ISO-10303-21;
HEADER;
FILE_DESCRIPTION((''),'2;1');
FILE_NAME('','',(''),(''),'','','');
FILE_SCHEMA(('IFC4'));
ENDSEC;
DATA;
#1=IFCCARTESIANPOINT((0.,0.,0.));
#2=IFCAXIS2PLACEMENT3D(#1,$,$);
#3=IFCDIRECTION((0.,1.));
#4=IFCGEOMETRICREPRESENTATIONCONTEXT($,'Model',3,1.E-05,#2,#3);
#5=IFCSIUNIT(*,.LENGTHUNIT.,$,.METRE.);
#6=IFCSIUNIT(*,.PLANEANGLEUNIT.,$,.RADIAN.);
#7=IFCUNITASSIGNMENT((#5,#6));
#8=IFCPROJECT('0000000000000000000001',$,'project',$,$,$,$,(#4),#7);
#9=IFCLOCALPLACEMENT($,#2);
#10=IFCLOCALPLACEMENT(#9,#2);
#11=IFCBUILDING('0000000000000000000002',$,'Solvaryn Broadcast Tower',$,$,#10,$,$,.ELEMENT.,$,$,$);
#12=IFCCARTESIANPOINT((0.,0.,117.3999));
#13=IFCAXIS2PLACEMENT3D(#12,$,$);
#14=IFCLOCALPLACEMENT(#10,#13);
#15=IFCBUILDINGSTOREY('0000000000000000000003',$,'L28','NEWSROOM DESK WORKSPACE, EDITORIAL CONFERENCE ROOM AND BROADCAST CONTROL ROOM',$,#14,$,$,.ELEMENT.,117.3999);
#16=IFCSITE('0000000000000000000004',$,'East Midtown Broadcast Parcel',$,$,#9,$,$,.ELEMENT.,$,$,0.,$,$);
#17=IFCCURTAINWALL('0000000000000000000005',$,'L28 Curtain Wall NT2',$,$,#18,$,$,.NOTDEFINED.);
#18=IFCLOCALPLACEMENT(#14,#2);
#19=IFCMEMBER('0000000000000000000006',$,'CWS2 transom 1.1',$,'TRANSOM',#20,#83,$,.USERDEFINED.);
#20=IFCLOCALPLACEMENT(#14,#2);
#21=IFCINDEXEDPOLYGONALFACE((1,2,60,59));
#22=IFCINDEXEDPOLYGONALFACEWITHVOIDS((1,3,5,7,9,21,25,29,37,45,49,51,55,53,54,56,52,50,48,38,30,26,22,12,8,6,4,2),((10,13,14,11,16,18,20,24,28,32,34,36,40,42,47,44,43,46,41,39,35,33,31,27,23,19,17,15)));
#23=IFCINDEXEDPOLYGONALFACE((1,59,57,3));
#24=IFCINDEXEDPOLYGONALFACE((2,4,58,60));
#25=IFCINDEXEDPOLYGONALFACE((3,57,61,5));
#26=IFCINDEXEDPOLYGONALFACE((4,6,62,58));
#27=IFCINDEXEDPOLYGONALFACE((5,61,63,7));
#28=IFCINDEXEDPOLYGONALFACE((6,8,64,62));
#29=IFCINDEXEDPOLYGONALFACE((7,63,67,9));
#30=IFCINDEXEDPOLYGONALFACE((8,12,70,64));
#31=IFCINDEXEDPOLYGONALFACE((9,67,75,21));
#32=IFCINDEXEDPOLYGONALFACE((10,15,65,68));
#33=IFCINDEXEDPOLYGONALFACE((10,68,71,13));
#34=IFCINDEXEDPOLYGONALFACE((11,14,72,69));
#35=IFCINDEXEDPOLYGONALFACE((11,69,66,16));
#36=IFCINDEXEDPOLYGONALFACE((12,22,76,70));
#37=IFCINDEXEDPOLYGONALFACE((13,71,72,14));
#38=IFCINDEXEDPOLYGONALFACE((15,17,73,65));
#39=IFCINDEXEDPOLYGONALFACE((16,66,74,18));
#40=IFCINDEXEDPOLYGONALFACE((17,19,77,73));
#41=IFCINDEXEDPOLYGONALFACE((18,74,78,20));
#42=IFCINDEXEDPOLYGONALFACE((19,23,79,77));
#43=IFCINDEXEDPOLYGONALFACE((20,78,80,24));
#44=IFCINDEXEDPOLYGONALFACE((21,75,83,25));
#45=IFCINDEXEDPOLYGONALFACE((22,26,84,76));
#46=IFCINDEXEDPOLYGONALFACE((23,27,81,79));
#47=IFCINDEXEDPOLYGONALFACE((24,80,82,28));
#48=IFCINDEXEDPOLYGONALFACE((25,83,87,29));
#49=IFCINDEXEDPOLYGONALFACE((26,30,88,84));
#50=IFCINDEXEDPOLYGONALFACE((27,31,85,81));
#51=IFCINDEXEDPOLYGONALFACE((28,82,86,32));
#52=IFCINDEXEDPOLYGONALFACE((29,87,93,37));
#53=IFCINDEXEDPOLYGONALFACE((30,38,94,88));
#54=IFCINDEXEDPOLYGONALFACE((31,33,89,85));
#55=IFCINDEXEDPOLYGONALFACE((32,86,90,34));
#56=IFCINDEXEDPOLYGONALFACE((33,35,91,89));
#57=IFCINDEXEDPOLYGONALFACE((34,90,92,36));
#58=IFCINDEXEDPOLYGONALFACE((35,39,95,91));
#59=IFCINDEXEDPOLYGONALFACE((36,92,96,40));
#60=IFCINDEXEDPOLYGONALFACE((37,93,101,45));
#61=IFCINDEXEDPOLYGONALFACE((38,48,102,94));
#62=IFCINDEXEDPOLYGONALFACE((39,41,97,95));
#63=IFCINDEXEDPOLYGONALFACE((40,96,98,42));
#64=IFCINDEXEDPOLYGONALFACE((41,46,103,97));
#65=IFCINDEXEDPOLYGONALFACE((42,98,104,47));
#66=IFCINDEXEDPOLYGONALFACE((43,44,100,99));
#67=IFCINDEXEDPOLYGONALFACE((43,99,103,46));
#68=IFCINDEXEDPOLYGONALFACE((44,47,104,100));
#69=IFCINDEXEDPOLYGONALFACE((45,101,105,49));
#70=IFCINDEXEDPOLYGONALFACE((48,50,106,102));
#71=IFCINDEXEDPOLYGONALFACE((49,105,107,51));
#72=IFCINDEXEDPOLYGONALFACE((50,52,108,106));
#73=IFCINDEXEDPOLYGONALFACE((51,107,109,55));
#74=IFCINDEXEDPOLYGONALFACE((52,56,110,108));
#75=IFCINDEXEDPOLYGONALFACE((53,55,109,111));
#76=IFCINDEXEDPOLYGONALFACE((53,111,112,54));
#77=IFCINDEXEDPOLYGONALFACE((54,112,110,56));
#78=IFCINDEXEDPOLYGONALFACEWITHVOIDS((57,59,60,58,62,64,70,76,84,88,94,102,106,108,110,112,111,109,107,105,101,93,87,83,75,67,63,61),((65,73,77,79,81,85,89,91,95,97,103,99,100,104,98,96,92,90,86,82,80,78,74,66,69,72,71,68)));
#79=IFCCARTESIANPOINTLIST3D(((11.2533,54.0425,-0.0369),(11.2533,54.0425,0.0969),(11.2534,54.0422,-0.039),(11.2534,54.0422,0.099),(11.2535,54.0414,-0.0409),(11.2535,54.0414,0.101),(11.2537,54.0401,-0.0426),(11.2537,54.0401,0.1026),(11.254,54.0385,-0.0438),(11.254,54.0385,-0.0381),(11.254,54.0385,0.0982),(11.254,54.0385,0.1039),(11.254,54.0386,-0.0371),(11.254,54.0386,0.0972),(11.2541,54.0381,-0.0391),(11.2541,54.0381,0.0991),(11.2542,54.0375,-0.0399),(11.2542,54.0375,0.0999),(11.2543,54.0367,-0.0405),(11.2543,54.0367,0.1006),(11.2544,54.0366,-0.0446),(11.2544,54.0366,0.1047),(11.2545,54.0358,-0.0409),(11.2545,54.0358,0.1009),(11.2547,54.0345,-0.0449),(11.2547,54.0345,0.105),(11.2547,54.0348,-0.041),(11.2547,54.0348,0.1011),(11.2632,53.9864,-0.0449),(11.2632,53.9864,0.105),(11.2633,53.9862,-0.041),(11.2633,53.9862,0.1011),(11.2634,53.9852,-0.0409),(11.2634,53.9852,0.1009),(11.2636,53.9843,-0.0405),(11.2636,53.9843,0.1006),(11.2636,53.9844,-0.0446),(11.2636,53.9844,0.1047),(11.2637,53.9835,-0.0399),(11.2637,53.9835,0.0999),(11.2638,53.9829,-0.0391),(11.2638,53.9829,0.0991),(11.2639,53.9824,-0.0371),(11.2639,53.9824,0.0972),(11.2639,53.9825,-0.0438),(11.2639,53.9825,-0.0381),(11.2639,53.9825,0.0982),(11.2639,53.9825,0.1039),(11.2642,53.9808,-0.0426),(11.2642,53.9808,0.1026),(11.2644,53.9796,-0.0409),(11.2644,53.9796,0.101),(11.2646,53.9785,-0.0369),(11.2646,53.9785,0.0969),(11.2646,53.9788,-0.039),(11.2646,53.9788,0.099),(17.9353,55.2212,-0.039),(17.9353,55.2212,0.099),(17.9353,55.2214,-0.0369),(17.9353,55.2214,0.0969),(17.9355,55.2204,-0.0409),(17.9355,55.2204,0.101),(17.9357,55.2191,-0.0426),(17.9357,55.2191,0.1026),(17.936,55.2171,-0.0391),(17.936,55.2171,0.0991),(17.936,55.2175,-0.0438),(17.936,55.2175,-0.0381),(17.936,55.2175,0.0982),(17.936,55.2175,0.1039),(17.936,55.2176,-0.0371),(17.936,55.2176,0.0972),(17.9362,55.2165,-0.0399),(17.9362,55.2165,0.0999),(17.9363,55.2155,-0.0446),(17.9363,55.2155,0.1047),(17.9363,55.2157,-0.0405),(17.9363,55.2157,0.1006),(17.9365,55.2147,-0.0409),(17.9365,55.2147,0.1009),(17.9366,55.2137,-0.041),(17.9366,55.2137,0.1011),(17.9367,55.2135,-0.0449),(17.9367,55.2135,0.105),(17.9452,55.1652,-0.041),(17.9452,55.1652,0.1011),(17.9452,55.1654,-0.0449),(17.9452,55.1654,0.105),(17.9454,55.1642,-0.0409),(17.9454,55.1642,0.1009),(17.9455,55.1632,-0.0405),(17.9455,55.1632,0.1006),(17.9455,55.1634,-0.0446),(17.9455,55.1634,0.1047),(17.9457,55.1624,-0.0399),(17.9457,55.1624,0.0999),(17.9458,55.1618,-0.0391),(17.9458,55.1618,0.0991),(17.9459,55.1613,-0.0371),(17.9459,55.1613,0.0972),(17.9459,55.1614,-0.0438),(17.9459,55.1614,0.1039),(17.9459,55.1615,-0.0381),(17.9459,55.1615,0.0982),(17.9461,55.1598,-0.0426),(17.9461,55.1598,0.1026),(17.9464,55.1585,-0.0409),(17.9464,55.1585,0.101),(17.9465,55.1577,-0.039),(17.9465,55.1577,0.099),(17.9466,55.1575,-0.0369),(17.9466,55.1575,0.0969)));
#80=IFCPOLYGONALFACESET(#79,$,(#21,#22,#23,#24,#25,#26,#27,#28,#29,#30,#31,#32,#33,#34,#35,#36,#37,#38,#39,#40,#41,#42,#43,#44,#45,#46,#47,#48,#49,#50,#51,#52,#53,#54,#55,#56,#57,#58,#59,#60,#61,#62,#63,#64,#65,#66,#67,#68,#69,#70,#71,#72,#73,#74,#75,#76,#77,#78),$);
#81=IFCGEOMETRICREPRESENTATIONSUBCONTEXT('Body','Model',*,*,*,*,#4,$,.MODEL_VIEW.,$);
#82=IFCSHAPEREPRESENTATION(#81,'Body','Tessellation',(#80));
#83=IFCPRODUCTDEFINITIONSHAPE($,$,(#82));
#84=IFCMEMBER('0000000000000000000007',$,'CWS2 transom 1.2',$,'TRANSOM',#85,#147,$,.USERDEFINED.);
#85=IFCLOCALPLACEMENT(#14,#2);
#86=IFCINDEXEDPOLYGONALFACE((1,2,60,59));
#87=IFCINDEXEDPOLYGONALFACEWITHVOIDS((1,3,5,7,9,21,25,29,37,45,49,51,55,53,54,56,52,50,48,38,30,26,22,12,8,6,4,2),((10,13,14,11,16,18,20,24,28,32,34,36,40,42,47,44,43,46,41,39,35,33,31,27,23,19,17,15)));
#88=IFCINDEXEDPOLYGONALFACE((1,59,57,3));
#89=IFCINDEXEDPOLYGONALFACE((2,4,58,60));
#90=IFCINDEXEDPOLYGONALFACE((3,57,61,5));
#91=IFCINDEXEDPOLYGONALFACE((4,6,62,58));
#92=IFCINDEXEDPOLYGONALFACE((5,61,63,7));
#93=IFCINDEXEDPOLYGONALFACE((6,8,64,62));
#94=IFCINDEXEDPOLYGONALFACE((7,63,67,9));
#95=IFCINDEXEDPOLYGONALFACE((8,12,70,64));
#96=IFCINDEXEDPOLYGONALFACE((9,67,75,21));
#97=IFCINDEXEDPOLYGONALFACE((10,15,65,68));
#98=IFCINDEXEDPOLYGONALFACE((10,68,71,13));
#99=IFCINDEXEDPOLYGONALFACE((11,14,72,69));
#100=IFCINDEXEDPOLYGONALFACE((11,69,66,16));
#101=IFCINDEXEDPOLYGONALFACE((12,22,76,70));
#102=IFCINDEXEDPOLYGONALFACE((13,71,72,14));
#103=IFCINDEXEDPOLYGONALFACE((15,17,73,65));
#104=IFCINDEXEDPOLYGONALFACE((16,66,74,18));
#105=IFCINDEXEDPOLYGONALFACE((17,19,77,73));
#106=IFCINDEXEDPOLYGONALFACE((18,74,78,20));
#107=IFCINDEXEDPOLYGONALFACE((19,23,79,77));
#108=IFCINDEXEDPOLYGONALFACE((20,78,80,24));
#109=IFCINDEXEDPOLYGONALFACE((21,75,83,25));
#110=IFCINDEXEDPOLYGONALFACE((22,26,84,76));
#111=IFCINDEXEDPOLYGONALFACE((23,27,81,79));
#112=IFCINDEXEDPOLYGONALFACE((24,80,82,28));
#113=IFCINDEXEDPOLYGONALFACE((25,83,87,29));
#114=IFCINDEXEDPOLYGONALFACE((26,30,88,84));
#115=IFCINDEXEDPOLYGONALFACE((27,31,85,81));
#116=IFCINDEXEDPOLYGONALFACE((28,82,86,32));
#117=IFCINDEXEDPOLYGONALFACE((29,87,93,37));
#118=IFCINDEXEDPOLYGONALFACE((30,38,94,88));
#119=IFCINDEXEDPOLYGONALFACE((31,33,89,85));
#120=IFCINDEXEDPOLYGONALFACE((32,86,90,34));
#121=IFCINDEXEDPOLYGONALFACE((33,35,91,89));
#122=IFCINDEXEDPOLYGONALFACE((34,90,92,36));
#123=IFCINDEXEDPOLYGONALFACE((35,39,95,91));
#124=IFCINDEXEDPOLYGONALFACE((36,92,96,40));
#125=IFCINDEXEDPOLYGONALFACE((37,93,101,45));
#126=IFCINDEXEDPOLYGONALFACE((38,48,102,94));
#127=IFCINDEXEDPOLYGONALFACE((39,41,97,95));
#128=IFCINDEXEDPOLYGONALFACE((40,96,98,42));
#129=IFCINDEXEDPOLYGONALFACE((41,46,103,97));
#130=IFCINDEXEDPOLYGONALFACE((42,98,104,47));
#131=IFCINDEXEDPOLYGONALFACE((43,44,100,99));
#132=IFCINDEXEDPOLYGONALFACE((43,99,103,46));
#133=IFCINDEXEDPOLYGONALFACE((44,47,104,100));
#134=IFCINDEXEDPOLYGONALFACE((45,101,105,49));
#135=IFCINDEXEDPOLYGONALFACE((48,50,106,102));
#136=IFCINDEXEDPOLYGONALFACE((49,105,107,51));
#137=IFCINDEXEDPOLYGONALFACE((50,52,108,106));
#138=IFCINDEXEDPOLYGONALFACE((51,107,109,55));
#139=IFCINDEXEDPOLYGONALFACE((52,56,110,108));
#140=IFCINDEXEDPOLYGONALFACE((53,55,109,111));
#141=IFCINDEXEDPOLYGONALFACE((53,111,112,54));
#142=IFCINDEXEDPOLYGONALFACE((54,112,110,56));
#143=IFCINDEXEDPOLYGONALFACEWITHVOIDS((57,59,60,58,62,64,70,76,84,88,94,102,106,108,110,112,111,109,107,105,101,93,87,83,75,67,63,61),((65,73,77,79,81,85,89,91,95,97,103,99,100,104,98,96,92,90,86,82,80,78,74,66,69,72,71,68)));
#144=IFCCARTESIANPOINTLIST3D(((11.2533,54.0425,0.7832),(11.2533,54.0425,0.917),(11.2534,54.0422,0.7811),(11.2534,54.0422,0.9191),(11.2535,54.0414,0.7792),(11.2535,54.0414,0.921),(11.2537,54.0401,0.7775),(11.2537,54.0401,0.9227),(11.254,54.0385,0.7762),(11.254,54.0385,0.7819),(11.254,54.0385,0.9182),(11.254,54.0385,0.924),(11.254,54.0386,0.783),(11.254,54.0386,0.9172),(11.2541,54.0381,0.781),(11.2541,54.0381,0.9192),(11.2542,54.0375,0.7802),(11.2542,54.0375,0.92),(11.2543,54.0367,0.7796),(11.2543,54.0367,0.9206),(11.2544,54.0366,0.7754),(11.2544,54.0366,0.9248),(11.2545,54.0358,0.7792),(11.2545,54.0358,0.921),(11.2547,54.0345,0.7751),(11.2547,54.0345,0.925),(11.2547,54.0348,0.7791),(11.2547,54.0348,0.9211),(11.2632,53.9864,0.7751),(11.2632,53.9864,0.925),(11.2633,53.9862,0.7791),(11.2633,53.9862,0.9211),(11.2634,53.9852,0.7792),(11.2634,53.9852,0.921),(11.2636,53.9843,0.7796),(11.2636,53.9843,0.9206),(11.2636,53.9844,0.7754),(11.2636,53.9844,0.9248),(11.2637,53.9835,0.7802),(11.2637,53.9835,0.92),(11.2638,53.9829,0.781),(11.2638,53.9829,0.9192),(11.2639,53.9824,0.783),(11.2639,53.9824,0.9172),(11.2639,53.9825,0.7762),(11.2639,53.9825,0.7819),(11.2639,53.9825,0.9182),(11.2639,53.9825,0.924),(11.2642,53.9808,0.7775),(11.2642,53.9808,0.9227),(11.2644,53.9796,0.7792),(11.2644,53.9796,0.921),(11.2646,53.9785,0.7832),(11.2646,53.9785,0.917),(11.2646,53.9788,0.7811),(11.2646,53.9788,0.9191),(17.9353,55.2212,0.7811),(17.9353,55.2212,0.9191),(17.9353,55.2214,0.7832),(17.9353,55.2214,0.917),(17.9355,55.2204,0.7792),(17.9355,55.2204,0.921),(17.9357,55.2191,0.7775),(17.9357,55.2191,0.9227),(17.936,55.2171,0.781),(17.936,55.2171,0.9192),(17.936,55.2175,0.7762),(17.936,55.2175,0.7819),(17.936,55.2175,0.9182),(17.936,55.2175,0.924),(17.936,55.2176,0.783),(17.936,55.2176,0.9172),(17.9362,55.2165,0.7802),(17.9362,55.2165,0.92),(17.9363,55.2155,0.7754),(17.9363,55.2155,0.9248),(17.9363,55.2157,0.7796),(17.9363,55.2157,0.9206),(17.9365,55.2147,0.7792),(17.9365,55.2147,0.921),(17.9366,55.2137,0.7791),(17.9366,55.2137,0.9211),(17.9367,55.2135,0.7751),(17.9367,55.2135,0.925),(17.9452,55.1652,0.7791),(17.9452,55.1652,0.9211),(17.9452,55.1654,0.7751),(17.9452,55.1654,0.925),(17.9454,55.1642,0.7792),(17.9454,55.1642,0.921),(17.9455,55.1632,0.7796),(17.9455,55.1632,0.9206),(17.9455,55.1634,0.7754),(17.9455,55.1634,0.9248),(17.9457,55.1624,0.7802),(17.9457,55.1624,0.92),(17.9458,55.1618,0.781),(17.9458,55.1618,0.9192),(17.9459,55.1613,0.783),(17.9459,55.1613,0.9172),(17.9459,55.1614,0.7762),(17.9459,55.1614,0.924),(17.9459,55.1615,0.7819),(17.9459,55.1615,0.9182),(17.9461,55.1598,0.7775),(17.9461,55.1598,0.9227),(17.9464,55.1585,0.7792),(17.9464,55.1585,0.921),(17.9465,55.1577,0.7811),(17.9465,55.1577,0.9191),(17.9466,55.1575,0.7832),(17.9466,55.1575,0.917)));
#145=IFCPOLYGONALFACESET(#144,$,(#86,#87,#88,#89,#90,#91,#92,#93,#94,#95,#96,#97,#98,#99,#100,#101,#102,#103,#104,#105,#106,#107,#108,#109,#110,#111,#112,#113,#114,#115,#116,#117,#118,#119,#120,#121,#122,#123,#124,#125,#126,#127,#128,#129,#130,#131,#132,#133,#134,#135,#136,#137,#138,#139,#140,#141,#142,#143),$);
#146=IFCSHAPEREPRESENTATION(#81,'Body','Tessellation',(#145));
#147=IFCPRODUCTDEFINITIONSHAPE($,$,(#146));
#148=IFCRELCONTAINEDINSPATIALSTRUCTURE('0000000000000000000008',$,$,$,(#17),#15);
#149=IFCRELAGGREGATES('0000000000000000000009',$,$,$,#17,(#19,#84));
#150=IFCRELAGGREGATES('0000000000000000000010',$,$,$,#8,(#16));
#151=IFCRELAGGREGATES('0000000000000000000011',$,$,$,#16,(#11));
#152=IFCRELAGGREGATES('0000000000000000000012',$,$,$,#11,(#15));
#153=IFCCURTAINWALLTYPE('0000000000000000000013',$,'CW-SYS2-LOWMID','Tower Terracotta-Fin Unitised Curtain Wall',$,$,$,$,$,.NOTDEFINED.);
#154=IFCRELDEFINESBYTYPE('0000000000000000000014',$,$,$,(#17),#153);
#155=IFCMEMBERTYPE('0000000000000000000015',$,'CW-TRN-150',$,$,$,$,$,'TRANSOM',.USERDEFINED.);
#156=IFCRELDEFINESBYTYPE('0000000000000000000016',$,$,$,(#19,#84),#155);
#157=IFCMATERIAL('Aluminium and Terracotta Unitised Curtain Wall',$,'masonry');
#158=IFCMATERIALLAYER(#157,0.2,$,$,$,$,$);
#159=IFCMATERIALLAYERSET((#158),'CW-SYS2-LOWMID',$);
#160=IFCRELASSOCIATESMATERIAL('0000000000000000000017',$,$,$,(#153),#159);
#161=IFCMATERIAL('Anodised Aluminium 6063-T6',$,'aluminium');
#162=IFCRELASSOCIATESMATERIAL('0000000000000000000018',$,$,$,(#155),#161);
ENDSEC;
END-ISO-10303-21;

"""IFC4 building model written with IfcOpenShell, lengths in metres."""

from ifc_helpers import new_model, si_unit, direction, frame, origin, origin_2d, place, context, subcontext, project, spatial, hollow_rectangle, extrude, material, layer, layer_set, material_profile, profile_set, type_object, element, aggregate, save


model = new_model("IFC4")

# Units and contexts
model_context = context("Model", 3, precision=1e-05, world=origin(), true_north=direction((0.0, 1.0)))
body_context = subcontext(model_context, "Body", "Model", "MODEL_VIEW")
ifc_project = project(units=[si_unit("LENGTHUNIT", "METRE"), si_unit("PLANEANGLEUNIT", "RADIAN")], contexts=[model_context])

# Site, building, storey
site_placement = place(None, origin())
site = spatial("IfcSite", under=ifc_project, at=site_placement, Name="East Midtown Broadcast Parcel", CompositionType="ELEMENT", RefElevation=0.0)
building_placement = place(site_placement, origin())
building = spatial("IfcBuilding", under=site, at=building_placement, Name="Solvaryn Broadcast Tower", CompositionType="ELEMENT")
storey_placement = place(building_placement, frame((0.0, 0.0, 117.3999)))
storey = spatial("IfcBuildingStorey", under=building, at=storey_placement, Name="L28", Description="NEWSROOM DESK WORKSPACE, EDITORIAL CONFERENCE ROOM AND BROADCAST CONTROL ROOM", CompositionType="ELEMENT", Elevation=117.3999)

# Shared definitions
ifc_material_1 = material(Name="Aluminium and Terracotta Unitised Curtain Wall", Category="masonry")
ifc_layer_1 = layer(ifc_material_1, 0.2)
ifc_layer_set_1 = layer_set([ifc_layer_1], Name="CW-SYS2-LOWMID")
curtain_wall_type = type_object("IfcCurtainWallType", Name="CW-SYS2-LOWMID", Description="Tower Terracotta-Fin Unitised Curtain Wall", PredefinedType="NOTDEFINED", material=ifc_layer_set_1)

# Curtain wall, members
curtain_wall_1_placement = place(storey_placement, origin())
curtain_wall_1 = element("IfcCurtainWall", 1, at=curtain_wall_1_placement, inside=storey, type_object=curtain_wall_type, Name="L28 Curtain Wall NT2", PredefinedType="NOTDEFINED")
ifc_material_2 = material(Name="Anodised Aluminium 6063-T6", Category="aluminium")
ifc_material_profile_1 = material_profile(ifc_material_2, hollow_rectangle(XDim=0.0649, YDim=0.1499, WallThickness=0.0039, InnerFilletRadius=0.0039, OuterFilletRadius=0.0081, at=origin_2d()))
ifc_profile_set_1 = profile_set([ifc_material_profile_1], Name="Anodised Aluminium 6063-T6")
member_type_1 = type_object("IfcMemberType", Name="CW-TRN-150", ElementType="TRANSOM", PredefinedType="USERDEFINED", material=ifc_profile_set_1)
member_1_placement = place(storey_placement, frame((17.9409, 55.1895, 0.03), z_axis=(-0.984789, -0.173757, 0.0), x_axis=(0.173757, -0.984789, 0.0)))
member_1 = element("IfcMember", 2, at=member_1_placement, type_object=member_type_1, Name="CWS2 transom 1.1", ObjectType="TRANSOM", PredefinedType="USERDEFINED", context=body_context, shape_type="SweptSolid", body=[
    extrude(hollow_rectangle(XDim=0.0649, YDim=0.1499, WallThickness=0.0039, InnerFilletRadius=0.0039, OuterFilletRadius=0.0081, at=origin_2d()), origin(), (0.0, 0.0, 1.0), 6.7852),
])
member_2_placement = place(storey_placement, frame((17.9409, 55.1895, 0.8501), z_axis=(-0.984789, -0.173757, 0.0), x_axis=(0.173757, -0.984789, 0.0)))
member_2 = element("IfcMember", 3, at=member_2_placement, type_object=member_type_1, Name="CWS2 transom 1.2", ObjectType="TRANSOM", PredefinedType="USERDEFINED", context=body_context, shape_type="SweptSolid", body=[
    extrude(hollow_rectangle(XDim=0.0649, YDim=0.1499, WallThickness=0.0039, InnerFilletRadius=0.0039, OuterFilletRadius=0.0081, at=origin_2d()), origin(), (0.0, 0.0, 1.0), 6.7852),
])

aggregate(curtain_wall_1, [member_1, member_2])

save(model, "model.ifc")
